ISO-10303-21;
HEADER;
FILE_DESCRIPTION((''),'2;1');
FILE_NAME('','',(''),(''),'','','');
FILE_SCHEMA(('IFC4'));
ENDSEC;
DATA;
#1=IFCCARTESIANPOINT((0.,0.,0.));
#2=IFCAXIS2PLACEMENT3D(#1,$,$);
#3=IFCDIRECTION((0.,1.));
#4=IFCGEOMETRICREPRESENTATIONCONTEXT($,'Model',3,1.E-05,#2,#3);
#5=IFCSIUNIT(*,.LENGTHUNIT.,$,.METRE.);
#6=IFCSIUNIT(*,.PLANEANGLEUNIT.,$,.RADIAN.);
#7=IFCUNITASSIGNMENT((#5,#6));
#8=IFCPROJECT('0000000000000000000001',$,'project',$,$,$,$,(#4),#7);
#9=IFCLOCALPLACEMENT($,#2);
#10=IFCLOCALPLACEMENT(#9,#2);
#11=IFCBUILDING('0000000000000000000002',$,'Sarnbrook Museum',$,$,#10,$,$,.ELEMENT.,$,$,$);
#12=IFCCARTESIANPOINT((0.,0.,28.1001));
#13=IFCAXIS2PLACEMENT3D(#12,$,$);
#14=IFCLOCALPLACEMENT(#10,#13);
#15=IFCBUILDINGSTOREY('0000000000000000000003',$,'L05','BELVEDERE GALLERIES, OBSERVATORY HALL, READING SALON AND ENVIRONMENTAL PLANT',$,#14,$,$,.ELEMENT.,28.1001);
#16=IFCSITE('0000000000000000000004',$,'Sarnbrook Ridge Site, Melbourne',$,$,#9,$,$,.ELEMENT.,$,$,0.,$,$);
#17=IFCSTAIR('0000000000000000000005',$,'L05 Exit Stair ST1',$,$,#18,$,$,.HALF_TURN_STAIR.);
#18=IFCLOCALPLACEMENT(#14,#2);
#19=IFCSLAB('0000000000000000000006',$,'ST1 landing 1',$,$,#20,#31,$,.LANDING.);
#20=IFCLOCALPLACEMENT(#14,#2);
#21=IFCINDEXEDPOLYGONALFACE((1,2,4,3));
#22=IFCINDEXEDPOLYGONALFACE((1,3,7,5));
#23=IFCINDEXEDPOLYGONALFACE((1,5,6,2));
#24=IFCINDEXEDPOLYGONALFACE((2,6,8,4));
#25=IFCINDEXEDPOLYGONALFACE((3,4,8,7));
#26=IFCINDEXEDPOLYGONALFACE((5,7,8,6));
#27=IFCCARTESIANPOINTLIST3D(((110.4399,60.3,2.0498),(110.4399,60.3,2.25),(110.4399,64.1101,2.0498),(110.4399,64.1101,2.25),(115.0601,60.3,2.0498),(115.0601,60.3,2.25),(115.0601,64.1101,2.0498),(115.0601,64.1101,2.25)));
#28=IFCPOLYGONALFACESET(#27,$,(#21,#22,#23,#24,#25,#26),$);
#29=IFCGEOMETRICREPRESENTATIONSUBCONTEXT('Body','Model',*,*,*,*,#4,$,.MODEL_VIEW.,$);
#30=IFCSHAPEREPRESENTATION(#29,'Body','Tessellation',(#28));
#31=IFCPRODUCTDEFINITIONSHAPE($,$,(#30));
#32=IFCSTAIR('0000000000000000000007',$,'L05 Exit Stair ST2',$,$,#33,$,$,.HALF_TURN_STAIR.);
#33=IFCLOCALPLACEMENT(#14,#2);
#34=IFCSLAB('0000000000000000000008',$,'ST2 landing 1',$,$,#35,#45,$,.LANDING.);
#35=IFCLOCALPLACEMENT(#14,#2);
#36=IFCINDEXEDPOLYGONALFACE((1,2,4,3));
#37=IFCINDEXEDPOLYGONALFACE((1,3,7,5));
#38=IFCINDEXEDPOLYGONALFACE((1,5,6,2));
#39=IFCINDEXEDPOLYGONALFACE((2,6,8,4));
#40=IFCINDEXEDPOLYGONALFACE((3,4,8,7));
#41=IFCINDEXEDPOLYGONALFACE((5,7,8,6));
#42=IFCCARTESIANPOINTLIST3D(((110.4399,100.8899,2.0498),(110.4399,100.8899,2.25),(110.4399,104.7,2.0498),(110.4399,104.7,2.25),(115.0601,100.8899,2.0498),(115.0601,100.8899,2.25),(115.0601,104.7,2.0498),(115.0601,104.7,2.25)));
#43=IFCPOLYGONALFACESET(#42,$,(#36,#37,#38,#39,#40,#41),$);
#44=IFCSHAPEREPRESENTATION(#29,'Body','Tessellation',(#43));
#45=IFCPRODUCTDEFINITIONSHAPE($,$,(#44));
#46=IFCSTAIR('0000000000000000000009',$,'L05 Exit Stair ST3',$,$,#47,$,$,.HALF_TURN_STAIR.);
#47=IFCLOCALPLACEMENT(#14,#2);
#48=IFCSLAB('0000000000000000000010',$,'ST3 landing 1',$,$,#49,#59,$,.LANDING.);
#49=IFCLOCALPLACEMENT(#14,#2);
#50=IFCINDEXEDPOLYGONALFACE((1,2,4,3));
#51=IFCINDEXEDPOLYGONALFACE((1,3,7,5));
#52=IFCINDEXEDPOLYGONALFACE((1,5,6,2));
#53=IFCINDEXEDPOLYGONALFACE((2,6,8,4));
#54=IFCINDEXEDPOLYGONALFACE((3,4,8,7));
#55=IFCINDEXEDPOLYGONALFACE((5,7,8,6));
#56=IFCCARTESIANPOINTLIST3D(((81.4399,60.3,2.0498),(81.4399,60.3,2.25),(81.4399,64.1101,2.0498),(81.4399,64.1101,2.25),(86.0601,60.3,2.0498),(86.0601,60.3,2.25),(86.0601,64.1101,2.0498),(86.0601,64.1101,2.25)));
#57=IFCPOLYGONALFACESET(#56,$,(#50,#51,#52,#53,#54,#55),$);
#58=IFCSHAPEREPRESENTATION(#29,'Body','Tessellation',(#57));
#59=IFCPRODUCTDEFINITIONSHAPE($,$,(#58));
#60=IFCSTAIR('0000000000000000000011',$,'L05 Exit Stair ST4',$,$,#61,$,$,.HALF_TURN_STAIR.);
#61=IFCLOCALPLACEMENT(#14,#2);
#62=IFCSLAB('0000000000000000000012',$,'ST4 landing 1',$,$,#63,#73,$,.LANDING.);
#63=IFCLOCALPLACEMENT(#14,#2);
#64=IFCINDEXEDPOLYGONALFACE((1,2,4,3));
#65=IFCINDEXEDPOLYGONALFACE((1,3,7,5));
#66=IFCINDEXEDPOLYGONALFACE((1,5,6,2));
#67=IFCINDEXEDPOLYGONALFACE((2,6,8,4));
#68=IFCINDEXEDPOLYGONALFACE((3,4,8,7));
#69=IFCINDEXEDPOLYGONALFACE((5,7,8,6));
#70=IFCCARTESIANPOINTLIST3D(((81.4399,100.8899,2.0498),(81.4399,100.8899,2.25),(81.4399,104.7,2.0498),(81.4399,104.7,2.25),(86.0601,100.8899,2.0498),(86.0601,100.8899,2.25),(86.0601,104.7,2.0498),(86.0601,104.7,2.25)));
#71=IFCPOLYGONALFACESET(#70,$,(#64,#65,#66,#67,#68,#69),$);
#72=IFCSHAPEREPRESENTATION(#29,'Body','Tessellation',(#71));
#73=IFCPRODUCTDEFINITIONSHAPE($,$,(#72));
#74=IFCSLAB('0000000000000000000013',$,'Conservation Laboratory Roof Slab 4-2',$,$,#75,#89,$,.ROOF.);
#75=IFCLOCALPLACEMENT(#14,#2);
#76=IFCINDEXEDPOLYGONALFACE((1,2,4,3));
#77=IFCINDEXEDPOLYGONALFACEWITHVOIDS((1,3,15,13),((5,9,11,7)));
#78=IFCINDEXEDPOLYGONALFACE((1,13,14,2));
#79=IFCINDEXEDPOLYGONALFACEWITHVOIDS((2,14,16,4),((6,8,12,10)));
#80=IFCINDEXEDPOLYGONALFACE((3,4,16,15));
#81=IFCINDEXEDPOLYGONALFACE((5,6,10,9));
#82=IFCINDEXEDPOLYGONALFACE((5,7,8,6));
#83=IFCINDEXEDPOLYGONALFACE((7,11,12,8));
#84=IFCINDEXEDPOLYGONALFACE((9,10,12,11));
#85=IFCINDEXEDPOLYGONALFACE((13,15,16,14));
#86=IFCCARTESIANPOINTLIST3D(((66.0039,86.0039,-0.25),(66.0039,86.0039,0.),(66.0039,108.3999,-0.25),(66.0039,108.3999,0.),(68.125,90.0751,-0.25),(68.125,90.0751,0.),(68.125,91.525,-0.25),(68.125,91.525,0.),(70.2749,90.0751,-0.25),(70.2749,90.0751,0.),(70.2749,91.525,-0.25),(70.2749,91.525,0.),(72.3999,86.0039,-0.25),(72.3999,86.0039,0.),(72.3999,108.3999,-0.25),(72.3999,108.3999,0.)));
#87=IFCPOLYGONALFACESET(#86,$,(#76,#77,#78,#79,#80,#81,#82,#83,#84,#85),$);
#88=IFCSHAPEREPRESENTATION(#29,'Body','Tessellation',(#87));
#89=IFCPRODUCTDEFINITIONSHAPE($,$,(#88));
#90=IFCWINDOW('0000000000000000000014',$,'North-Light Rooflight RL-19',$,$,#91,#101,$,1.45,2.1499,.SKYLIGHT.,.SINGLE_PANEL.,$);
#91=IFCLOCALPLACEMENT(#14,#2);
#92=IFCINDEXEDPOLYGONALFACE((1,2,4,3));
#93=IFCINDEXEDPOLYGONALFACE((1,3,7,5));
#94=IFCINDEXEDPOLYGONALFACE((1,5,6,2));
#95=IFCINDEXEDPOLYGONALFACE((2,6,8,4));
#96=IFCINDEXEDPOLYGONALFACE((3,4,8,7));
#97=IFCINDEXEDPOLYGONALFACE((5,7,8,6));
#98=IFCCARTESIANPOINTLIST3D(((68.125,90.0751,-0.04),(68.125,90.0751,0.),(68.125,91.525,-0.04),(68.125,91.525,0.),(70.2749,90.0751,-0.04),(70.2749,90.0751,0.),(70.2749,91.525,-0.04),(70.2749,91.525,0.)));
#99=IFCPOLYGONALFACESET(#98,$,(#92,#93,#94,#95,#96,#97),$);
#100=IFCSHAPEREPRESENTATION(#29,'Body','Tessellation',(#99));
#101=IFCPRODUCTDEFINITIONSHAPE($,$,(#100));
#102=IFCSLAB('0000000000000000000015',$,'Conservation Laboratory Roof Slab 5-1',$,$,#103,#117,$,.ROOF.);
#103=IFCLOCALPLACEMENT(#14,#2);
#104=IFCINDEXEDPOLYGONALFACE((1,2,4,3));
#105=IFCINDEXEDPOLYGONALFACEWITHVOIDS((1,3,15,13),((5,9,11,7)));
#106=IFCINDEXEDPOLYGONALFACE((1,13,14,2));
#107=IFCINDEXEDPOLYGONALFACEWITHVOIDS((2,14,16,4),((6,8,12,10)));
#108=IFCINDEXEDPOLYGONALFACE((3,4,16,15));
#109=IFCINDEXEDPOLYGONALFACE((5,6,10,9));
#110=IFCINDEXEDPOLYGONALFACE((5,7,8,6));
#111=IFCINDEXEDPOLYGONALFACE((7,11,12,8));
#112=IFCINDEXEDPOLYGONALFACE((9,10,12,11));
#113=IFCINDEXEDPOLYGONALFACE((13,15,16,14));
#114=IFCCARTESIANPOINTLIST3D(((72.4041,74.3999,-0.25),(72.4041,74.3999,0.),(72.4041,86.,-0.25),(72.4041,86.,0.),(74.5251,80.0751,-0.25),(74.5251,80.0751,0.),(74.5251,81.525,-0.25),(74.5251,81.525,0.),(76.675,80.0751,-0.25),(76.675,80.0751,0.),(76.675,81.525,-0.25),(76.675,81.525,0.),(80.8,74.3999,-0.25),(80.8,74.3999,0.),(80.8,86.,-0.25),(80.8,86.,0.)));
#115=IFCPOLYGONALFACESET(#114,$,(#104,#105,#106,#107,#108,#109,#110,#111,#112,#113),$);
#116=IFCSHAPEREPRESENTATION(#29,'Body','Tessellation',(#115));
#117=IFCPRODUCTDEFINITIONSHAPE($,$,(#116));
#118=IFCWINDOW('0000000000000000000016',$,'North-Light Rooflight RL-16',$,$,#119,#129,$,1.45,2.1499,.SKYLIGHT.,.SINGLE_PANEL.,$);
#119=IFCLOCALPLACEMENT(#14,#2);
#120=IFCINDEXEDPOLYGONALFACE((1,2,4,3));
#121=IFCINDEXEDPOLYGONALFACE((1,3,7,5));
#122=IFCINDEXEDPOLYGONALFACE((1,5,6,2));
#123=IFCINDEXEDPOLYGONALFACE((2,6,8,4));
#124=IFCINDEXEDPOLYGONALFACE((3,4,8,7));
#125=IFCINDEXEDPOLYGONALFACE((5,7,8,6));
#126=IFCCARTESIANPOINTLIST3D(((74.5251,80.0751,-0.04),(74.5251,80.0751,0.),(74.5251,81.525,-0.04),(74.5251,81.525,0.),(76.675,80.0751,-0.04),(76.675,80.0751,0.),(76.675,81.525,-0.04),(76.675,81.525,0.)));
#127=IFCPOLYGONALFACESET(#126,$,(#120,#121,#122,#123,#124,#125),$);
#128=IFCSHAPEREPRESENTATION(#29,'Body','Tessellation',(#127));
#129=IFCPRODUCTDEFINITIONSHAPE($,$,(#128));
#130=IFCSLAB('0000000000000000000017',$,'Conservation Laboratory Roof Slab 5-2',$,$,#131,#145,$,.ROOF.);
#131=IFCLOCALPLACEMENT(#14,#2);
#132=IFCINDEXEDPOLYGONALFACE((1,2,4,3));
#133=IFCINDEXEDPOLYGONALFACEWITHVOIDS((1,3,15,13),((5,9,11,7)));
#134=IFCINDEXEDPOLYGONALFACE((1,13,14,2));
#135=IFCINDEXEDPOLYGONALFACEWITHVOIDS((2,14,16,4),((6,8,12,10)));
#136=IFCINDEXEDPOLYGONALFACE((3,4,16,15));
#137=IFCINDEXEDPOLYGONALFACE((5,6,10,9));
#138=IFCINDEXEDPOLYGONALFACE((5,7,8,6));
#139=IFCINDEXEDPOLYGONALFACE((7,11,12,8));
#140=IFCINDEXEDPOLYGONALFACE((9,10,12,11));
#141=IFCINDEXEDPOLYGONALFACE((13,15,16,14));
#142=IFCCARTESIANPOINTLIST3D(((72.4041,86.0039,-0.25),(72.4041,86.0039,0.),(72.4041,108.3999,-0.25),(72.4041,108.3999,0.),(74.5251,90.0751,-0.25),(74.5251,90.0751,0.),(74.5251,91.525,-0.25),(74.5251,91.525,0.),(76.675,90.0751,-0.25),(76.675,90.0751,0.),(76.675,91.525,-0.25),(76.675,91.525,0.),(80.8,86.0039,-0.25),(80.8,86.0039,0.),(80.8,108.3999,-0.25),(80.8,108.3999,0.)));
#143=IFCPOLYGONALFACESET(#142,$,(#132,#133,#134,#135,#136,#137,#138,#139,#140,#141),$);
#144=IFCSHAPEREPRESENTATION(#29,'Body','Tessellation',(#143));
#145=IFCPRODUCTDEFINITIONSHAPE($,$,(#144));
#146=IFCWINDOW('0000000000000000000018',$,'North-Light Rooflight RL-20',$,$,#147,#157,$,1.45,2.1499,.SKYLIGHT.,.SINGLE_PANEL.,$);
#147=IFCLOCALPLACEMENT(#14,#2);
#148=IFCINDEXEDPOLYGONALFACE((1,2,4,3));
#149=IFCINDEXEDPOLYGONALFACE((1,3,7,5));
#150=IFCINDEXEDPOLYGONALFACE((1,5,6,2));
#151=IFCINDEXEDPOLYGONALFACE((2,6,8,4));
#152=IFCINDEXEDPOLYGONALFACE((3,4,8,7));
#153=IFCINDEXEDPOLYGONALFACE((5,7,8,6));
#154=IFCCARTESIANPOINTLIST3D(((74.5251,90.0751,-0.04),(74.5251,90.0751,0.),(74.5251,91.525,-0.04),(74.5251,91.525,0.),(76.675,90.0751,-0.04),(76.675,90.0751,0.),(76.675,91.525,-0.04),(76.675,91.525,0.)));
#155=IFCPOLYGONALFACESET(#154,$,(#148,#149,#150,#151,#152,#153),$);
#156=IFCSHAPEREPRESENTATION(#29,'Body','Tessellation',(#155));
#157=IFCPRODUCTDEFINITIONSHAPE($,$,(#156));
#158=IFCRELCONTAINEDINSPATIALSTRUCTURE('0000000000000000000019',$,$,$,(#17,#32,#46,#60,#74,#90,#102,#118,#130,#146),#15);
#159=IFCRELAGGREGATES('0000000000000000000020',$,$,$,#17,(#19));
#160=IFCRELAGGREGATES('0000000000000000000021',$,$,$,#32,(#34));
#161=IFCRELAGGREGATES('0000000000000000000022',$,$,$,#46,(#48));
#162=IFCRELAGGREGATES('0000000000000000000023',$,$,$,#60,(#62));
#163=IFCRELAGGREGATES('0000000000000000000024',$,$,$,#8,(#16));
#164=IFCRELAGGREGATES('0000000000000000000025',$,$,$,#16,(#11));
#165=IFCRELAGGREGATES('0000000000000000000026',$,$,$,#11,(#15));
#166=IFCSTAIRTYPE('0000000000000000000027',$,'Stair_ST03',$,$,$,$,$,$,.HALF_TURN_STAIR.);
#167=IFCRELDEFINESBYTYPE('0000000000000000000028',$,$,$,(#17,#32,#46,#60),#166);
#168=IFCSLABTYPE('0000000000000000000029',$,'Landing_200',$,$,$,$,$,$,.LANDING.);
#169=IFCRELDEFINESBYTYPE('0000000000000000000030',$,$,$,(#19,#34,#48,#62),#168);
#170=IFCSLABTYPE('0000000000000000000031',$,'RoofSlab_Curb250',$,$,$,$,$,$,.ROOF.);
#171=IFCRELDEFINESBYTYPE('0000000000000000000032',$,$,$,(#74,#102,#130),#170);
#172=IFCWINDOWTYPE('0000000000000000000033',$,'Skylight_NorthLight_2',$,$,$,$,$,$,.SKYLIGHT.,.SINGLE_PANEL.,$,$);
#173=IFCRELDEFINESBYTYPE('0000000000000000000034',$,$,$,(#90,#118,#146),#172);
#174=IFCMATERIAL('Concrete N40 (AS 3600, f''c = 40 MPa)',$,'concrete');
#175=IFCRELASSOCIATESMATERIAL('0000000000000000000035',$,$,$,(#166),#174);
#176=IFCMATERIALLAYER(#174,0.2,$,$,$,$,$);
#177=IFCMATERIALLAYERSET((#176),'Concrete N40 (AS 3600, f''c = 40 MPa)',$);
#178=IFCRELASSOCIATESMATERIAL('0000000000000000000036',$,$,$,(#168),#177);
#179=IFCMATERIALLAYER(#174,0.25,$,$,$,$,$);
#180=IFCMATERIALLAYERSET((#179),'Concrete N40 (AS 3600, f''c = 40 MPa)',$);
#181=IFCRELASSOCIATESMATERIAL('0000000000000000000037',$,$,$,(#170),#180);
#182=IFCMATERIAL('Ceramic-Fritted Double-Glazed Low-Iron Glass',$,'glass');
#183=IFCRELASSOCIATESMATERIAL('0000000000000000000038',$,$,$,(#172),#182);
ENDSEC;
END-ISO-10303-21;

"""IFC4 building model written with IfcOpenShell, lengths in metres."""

from ifc_helpers import new_model, si_unit, direction, frame, origin, origin_2d, place, context, subcontext, project, spatial, polyline, rectangle, outline, extrude, material, layer, layer_set, type_object, element, fill, aggregate, save


model = new_model("IFC4")

# Units and contexts
model_context = context("Model", 3, precision=1e-05, world=origin(), true_north=direction((0.0, 1.0)))
body_context = subcontext(model_context, "Body", "Model", "MODEL_VIEW")
ifc_project = project(units=[si_unit("LENGTHUNIT", "METRE"), si_unit("PLANEANGLEUNIT", "RADIAN")], contexts=[model_context])

# Site, building, storey
site_placement = place(None, origin())
site = spatial("IfcSite", under=ifc_project, at=site_placement, Name="Sarnbrook Ridge Site, Melbourne", CompositionType="ELEMENT", RefElevation=0.0)
building_placement = place(site_placement, origin())
building = spatial("IfcBuilding", under=site, at=building_placement, Name="Sarnbrook Museum", CompositionType="ELEMENT")
storey_placement = place(building_placement, frame((0.0, 0.0, 28.1001)))
storey = spatial("IfcBuildingStorey", under=building, at=storey_placement, Name="L05", Description="BELVEDERE GALLERIES, OBSERVATORY HALL, READING SALON AND ENVIRONMENTAL PLANT", CompositionType="ELEMENT", Elevation=28.1001)

# Stairs, slabs
ifc_material_1 = material(Name="Concrete N40 (AS 3600, f'c = 40 MPa)", Category="concrete")
stair_type = type_object("IfcStairType", Name="Stair_ST03", PredefinedType="HALF_TURN_STAIR", material=ifc_material_1)
stair_1_placement = place(storey_placement, origin())
stair_1 = element("IfcStair", 1, at=stair_1_placement, inside=storey, type_object=stair_type, Name="L05 Exit Stair ST1", PredefinedType="HALF_TURN_STAIR")
ifc_layer_1 = layer(ifc_material_1, 0.2)
ifc_layer_set_1 = layer_set([ifc_layer_1], Name="Concrete N40 (AS 3600, f'c = 40 MPa)")
slab_type_1 = type_object("IfcSlabType", Name="Landing_200", PredefinedType="LANDING", material=ifc_layer_set_1)
slab_1_placement = place(storey_placement, frame((0.0, 0.0, 2.0498)))
slab_1 = element("IfcSlab", 2, at=slab_1_placement, type_object=slab_type_1, Name="ST1 landing 1", PredefinedType="LANDING", context=body_context, shape_type="SweptSolid", body=[
    extrude(outline(polyline([(110.4399, 64.1101), (110.4399, 60.3), (115.0601, 60.3), (115.0601, 64.1101), (110.4399, 64.1101)])), origin(), (0.0, 0.0, 1.0), 0.2002),
])
aggregate(stair_1, [slab_1])
stair_2_placement = place(storey_placement, origin())
stair_2 = element("IfcStair", 3, at=stair_2_placement, inside=storey, type_object=stair_type, Name="L05 Exit Stair ST2", PredefinedType="HALF_TURN_STAIR")
slab_2_placement = place(storey_placement, frame((0.0, 0.0, 2.0498)))
slab_2 = element("IfcSlab", 4, at=slab_2_placement, type_object=slab_type_1, Name="ST2 landing 1", PredefinedType="LANDING", context=body_context, shape_type="SweptSolid", body=[
    extrude(outline(polyline([(115.0601, 100.8899), (115.0601, 104.7), (110.4399, 104.7), (110.4399, 100.8899), (115.0601, 100.8899)])), origin(), (0.0, 0.0, 1.0), 0.2002),
])
aggregate(stair_2, [slab_2])
stair_3_placement = place(storey_placement, origin())
stair_3 = element("IfcStair", 5, at=stair_3_placement, inside=storey, type_object=stair_type, Name="L05 Exit Stair ST3", PredefinedType="HALF_TURN_STAIR")
slab_3_placement = place(storey_placement, frame((0.0, 0.0, 2.0498)))
slab_3 = element("IfcSlab", 6, at=slab_3_placement, type_object=slab_type_1, Name="ST3 landing 1", PredefinedType="LANDING", context=body_context, shape_type="SweptSolid", body=[
    extrude(outline(polyline([(81.4399, 64.1101), (81.4399, 60.3), (86.0601, 60.3), (86.0601, 64.1101), (81.4399, 64.1101)])), origin(), (0.0, 0.0, 1.0), 0.2002),
])
aggregate(stair_3, [slab_3])
stair_4_placement = place(storey_placement, origin())
stair_4 = element("IfcStair", 7, at=stair_4_placement, inside=storey, type_object=stair_type, Name="L05 Exit Stair ST4", PredefinedType="HALF_TURN_STAIR")
slab_4_placement = place(storey_placement, frame((0.0, 0.0, 2.0498)))
slab_4 = element("IfcSlab", 8, at=slab_4_placement, type_object=slab_type_1, Name="ST4 landing 1", PredefinedType="LANDING", context=body_context, shape_type="SweptSolid", body=[
    extrude(outline(polyline([(86.0601, 100.8899), (86.0601, 104.7), (81.4399, 104.7), (81.4399, 100.8899), (86.0601, 100.8899)])), origin(), (0.0, 0.0, 1.0), 0.2002),
])
aggregate(stair_4, [slab_4])

# Slabs, openings, windows
ifc_layer_2 = layer(ifc_material_1, 0.25)
ifc_layer_set_2 = layer_set([ifc_layer_2], Name="Concrete N40 (AS 3600, f'c = 40 MPa)")
slab_type_2 = type_object("IfcSlabType", Name="RoofSlab_Curb250", PredefinedType="ROOF", material=ifc_layer_set_2)
slab_5_placement = place(storey_placement, frame((0.0, 0.0, -0.25)))
slab_5 = element("IfcSlab", 9, at=slab_5_placement, inside=storey, type_object=slab_type_2, Name="Conservation Laboratory Roof Slab 4-2", PredefinedType="ROOF", context=body_context, shape_type="SweptSolid", body=[
    extrude(outline(polyline([(72.3999, 108.3999), (72.3999, 86.0039), (66.0039, 86.0039), (66.0039, 108.3999), (72.3999, 108.3999)])), origin(), (0.0, 0.0, 1.0), 0.25),
])
opening_1_placement = place(slab_5_placement, frame((69.2, 90.8, -0.01)))
opening_1 = element("IfcOpeningElement", 10, at=opening_1_placement, cuts=slab_5, PredefinedType="OPENING", context=body_context, shape_type="SweptSolid", body=[
    extrude(rectangle(XDim=2.1499, YDim=1.45, at=origin_2d()), origin(), (0.0, 0.0, 1.0), 0.27),
])
ifc_material_2 = material(Name="Ceramic-Fritted Double-Glazed Low-Iron Glass", Category="glass")
window_type_1 = type_object("IfcWindowType", Name="Skylight_NorthLight_2", PartitioningType="SINGLE_PANEL", PredefinedType="SKYLIGHT", material=ifc_material_2)
window_1_placement = place(opening_1_placement, frame((0.0, 0.0, 0.22)))
window_1 = element("IfcWindow", 11, at=window_1_placement, inside=storey, type_object=window_type_1, Name="North-Light Rooflight RL-19", OverallHeight=1.45, OverallWidth=2.1499, PartitioningType="SINGLE_PANEL", PredefinedType="SKYLIGHT", context=body_context, shape_type="SweptSolid", body=[
    extrude(rectangle(XDim=2.1499, YDim=1.45, at=origin_2d()), origin(), (0.0, 0.0, 1.0), 0.04),
])
fill(opening_1, window_1)
slab_6_placement = place(storey_placement, frame((0.0, 0.0, -0.25)))
slab_6 = element("IfcSlab", 12, at=slab_6_placement, inside=storey, type_object=slab_type_2, Name="Conservation Laboratory Roof Slab 5-1", PredefinedType="ROOF", context=body_context, shape_type="SweptSolid", body=[
    extrude(outline(polyline([(80.8, 86.0), (80.8, 74.3999), (72.4041, 74.3999), (72.4041, 86.0), (80.8, 86.0)])), origin(), (0.0, 0.0, 1.0), 0.25),
])
opening_2_placement = place(slab_6_placement, frame((75.6001, 80.8, -0.01)))
opening_2 = element("IfcOpeningElement", 13, at=opening_2_placement, cuts=slab_6, PredefinedType="OPENING", context=body_context, shape_type="SweptSolid", body=[
    extrude(rectangle(XDim=2.1499, YDim=1.45, at=origin_2d()), origin(), (0.0, 0.0, 1.0), 0.27),
])
window_2_placement = place(opening_2_placement, frame((0.0, 0.0, 0.22)))
window_2 = element("IfcWindow", 14, at=window_2_placement, inside=storey, type_object=window_type_1, Name="North-Light Rooflight RL-16", OverallHeight=1.45, OverallWidth=2.1499, PartitioningType="SINGLE_PANEL", PredefinedType="SKYLIGHT", context=body_context, shape_type="SweptSolid", body=[
    extrude(rectangle(XDim=2.1499, YDim=1.45, at=origin_2d()), origin(), (0.0, 0.0, 1.0), 0.04),
])
fill(opening_2, window_2)
slab_7_placement = place(storey_placement, frame((0.0, 0.0, -0.25)))
slab_7 = element("IfcSlab", 15, at=slab_7_placement, inside=storey, type_object=slab_type_2, Name="Conservation Laboratory Roof Slab 5-2", PredefinedType="ROOF", context=body_context, shape_type="SweptSolid", body=[
    extrude(outline(polyline([(80.8, 108.3999), (80.8, 86.0039), (72.4041, 86.0039), (72.4041, 108.3999), (80.8, 108.3999)])), origin(), (0.0, 0.0, 1.0), 0.25),
])
opening_3_placement = place(slab_7_placement, frame((75.6001, 90.8, -0.01)))
opening_3 = element("IfcOpeningElement", 16, at=opening_3_placement, cuts=slab_7, PredefinedType="OPENING", context=body_context, shape_type="SweptSolid", body=[
    extrude(rectangle(XDim=2.1499, YDim=1.45, at=origin_2d()), origin(), (0.0, 0.0, 1.0), 0.27),
])
window_3_placement = place(opening_3_placement, frame((0.0, 0.0, 0.22)))
window_3 = element("IfcWindow", 17, at=window_3_placement, inside=storey, type_object=window_type_1, Name="North-Light Rooflight RL-20", OverallHeight=1.45, OverallWidth=2.1499, PartitioningType="SINGLE_PANEL", PredefinedType="SKYLIGHT", context=body_context, shape_type="SweptSolid", body=[
    extrude(rectangle(XDim=2.1499, YDim=1.45, at=origin_2d()), origin(), (0.0, 0.0, 1.0), 0.04),
])
fill(opening_3, window_3)

save(model, "model.ifc")
